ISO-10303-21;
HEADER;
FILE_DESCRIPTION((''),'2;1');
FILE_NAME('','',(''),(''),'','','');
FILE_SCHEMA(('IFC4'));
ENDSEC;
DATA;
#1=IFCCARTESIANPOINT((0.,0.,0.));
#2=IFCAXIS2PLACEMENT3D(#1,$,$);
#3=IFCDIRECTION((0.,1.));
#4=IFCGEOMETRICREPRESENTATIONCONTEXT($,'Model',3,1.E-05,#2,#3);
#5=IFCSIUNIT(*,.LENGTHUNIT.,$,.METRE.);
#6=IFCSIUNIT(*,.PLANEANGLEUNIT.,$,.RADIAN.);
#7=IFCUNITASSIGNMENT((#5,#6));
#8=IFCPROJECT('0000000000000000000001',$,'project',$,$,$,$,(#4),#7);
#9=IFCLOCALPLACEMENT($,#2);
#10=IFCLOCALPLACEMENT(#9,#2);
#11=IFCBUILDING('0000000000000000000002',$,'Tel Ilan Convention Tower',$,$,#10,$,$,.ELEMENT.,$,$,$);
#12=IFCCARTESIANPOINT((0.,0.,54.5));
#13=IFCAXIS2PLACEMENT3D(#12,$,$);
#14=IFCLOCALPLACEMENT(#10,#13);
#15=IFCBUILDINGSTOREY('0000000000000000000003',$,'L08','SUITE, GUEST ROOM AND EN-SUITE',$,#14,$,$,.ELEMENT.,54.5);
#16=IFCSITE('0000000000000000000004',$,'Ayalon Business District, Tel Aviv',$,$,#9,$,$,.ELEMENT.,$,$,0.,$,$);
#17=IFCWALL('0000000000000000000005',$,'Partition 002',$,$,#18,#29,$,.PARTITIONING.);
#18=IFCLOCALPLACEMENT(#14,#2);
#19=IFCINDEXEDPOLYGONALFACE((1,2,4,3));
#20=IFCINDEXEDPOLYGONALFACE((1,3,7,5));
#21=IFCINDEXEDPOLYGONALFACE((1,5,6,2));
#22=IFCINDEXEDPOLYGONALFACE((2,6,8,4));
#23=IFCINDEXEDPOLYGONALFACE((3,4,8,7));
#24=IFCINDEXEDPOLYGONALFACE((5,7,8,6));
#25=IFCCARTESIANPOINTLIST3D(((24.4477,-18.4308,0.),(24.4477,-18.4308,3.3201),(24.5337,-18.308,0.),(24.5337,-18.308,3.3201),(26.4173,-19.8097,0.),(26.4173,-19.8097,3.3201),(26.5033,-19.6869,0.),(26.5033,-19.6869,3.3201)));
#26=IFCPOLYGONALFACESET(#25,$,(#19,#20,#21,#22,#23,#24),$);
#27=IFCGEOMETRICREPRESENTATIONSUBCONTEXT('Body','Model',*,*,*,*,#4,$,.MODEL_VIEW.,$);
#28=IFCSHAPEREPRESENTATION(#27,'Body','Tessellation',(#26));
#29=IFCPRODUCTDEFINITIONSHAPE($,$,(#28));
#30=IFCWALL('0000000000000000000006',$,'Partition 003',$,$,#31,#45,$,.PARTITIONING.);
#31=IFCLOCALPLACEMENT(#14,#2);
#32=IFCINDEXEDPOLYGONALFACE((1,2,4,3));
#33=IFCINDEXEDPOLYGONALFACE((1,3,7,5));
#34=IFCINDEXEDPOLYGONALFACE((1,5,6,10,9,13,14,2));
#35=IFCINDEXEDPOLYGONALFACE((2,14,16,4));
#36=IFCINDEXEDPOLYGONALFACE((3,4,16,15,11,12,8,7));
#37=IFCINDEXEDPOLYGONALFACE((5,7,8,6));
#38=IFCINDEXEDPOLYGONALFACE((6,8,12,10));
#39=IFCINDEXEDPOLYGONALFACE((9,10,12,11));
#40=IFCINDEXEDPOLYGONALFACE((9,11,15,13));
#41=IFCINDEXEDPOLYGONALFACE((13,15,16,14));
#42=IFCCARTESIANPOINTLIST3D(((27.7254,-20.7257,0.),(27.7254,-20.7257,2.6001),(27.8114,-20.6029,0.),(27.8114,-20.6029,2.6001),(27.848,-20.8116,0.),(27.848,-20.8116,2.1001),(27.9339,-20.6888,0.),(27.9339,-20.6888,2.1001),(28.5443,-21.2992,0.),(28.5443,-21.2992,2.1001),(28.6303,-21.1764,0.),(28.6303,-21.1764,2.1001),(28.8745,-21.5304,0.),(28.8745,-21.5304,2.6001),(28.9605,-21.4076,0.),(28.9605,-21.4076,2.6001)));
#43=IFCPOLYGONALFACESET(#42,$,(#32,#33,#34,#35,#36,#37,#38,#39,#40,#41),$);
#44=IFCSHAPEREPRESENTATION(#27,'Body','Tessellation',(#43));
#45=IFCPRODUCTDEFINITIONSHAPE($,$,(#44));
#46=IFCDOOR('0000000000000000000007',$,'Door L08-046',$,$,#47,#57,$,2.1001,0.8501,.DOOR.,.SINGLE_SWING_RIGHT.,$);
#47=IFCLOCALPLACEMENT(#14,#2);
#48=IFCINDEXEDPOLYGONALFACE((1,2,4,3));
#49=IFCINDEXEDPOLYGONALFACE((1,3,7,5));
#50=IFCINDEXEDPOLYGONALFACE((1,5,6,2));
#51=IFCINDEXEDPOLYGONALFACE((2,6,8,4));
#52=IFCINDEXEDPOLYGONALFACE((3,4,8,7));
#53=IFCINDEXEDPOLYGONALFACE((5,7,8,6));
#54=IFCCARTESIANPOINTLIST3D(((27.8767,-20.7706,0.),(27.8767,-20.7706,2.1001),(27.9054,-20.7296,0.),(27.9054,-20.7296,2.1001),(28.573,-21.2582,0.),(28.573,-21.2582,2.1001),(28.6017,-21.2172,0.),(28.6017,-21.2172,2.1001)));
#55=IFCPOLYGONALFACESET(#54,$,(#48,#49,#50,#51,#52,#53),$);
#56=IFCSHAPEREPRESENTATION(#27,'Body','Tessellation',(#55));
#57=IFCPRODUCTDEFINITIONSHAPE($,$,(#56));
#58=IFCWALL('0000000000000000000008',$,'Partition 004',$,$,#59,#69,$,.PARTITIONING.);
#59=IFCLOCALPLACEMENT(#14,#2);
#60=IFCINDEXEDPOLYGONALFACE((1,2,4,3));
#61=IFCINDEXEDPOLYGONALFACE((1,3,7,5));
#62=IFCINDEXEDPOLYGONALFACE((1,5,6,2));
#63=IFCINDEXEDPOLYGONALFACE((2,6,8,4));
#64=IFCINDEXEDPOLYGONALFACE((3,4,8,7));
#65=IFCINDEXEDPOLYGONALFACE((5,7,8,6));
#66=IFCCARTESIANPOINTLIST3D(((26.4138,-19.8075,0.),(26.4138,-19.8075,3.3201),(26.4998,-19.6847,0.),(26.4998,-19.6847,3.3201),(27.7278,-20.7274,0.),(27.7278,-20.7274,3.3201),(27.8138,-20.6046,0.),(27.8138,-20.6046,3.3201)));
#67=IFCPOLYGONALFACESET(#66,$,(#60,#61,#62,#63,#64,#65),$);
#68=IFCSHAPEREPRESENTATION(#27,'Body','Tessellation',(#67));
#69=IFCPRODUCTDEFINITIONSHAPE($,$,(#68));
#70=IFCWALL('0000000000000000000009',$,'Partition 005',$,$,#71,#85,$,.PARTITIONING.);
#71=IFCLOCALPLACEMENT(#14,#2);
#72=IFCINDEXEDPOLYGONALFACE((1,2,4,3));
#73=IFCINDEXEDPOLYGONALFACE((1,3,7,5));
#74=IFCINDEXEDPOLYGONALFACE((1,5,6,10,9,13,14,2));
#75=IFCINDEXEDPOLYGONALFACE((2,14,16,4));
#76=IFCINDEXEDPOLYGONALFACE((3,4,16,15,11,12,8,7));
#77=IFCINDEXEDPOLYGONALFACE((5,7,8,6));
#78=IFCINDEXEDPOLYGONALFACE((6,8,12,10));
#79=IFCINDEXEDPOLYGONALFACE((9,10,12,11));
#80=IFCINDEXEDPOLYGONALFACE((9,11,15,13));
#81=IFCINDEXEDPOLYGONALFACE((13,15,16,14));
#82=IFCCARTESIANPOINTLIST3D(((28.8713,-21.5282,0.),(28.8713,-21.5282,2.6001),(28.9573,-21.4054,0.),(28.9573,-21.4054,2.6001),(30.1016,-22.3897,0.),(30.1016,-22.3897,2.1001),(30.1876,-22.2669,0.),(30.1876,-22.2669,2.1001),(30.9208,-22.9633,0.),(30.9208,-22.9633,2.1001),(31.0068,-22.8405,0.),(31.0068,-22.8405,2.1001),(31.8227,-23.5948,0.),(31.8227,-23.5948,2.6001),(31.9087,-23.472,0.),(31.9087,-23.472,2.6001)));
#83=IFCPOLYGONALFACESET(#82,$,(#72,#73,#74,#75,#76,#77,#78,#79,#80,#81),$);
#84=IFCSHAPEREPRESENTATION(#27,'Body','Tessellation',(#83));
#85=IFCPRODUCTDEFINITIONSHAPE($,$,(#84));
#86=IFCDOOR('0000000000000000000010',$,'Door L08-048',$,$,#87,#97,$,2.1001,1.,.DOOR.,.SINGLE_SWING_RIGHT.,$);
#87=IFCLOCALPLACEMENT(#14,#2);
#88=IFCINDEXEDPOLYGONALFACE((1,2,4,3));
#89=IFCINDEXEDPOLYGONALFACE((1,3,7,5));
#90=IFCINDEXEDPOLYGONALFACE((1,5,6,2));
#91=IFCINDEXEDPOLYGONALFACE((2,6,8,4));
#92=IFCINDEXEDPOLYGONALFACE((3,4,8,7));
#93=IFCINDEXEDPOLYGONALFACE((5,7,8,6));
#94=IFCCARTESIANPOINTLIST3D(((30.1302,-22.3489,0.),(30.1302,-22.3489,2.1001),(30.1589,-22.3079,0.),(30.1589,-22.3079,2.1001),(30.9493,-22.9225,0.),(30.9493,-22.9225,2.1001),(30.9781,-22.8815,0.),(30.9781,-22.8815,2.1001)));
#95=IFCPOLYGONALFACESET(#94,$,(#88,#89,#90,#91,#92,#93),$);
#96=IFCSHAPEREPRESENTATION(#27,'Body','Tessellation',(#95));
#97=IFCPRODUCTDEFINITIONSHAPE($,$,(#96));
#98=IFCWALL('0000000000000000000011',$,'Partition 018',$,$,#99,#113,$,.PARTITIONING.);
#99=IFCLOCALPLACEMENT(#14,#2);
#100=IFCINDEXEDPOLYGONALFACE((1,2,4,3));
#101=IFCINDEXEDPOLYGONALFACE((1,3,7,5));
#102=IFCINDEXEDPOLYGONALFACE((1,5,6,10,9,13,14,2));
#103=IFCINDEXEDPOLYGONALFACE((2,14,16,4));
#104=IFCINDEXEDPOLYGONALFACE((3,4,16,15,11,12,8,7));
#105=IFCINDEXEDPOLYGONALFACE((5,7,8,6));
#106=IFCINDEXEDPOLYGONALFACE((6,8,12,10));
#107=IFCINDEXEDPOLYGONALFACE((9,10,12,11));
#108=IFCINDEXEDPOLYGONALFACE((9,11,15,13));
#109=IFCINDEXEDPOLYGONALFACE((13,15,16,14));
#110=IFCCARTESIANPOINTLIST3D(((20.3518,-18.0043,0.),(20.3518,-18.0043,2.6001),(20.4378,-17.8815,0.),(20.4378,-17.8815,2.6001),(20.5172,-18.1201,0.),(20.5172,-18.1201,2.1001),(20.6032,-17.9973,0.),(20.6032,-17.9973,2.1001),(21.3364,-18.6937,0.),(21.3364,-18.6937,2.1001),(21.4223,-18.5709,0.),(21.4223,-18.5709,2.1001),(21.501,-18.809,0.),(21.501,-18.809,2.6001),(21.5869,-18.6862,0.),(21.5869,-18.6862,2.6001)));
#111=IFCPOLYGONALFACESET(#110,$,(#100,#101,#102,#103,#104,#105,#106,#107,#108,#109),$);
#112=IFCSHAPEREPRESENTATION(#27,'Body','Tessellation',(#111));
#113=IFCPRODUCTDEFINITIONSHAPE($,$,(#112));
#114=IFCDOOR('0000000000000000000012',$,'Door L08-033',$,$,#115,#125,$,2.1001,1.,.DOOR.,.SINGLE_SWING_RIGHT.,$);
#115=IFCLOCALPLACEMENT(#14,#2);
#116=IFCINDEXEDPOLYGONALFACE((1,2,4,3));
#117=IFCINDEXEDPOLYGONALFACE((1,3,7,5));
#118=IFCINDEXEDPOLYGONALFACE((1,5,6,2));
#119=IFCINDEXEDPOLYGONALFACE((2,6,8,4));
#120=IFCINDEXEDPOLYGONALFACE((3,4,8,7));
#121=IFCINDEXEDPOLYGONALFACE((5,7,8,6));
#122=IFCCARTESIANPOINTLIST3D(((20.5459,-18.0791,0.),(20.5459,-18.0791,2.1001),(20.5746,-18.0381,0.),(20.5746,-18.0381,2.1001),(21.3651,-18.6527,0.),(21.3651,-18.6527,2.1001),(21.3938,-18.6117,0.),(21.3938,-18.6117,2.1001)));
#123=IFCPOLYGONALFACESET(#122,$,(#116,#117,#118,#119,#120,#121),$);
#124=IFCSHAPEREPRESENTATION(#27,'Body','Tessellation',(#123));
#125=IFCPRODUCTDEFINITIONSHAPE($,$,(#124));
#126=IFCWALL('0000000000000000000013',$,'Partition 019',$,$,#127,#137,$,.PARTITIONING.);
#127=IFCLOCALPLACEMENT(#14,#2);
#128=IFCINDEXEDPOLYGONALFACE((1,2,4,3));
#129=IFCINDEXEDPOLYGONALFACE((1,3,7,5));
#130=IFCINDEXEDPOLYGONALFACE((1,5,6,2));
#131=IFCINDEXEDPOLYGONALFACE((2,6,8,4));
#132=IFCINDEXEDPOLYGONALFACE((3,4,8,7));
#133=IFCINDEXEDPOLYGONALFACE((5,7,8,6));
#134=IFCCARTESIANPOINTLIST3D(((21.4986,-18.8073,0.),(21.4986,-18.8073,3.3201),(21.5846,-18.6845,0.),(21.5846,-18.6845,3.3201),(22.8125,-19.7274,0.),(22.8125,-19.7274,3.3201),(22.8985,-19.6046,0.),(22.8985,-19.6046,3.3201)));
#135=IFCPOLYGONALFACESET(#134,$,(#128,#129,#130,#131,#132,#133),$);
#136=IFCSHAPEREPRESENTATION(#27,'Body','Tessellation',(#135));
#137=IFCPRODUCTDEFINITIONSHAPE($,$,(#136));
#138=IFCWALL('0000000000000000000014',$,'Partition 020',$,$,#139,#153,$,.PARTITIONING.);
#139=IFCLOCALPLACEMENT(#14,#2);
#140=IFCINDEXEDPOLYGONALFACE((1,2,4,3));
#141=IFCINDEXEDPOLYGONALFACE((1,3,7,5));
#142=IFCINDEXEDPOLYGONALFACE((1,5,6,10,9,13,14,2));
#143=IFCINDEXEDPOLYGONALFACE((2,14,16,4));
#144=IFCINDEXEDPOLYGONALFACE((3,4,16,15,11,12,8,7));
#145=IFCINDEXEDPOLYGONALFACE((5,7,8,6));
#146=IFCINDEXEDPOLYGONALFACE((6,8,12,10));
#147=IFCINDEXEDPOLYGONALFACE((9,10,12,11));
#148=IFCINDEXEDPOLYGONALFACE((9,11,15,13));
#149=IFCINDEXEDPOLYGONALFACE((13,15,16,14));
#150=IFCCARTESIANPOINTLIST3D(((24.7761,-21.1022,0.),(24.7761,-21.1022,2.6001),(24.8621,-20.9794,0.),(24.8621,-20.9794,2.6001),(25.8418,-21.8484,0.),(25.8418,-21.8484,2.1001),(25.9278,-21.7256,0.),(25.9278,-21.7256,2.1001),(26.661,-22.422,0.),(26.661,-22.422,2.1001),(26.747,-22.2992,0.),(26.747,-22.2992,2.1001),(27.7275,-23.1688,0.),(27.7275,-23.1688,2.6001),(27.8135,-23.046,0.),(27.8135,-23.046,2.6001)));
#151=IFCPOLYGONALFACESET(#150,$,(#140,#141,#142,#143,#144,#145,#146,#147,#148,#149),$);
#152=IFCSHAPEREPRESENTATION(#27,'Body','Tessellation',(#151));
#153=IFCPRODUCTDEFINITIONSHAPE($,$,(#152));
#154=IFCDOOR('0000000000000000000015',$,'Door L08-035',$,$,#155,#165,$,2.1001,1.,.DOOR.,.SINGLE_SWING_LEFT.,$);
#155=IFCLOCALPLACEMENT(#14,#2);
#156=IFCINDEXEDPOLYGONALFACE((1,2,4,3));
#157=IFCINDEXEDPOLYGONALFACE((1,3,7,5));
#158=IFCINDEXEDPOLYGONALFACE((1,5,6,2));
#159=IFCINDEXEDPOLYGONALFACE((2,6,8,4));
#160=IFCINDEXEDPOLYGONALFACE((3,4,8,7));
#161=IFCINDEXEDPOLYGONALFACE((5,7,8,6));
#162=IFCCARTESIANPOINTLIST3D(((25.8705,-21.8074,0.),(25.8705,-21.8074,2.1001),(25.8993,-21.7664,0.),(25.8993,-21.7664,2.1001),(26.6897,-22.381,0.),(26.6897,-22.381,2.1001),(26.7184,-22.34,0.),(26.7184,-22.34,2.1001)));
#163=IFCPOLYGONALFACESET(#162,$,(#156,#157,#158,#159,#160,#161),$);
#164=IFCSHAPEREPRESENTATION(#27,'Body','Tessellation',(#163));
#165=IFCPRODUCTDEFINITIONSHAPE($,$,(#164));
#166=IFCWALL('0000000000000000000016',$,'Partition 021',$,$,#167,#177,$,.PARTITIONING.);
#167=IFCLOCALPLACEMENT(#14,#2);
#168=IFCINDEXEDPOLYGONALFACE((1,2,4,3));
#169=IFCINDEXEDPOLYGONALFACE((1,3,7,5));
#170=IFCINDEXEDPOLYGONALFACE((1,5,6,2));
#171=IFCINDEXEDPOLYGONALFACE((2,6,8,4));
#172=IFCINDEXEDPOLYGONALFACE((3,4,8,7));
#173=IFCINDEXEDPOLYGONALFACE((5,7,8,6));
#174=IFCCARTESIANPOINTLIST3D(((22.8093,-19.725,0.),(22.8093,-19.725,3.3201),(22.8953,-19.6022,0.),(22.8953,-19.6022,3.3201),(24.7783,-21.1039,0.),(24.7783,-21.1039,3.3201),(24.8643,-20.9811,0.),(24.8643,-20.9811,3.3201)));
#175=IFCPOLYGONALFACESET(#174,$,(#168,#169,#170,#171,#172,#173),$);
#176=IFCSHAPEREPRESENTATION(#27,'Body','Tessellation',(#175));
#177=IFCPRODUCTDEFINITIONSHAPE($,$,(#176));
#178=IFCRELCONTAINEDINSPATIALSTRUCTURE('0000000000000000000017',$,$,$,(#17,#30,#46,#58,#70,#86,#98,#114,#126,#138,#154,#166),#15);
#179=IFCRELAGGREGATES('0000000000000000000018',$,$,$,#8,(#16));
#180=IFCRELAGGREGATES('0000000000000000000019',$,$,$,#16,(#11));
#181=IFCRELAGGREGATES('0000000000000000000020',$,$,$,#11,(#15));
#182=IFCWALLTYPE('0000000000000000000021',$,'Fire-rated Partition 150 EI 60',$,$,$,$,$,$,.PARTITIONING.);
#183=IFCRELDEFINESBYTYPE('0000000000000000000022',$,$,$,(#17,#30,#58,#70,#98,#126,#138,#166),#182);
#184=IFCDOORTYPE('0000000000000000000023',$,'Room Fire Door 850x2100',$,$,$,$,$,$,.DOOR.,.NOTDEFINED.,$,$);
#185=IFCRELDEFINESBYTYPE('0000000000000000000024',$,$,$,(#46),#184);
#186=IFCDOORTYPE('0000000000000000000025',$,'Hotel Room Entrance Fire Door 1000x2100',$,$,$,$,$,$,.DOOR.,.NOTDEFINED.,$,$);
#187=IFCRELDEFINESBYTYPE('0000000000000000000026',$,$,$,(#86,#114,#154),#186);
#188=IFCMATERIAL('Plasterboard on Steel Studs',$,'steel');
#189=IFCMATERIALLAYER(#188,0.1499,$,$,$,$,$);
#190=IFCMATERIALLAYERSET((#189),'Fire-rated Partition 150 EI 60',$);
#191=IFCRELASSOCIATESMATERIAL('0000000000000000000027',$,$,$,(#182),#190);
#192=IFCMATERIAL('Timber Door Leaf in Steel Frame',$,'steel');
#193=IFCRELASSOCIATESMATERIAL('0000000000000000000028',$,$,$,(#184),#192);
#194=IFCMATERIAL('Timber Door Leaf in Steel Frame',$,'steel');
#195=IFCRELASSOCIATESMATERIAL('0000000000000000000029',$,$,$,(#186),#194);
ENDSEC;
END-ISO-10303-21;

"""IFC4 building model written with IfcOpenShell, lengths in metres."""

from ifc_helpers import new_model, si_unit, direction, frame, frame_2d, origin, place, context, subcontext, project, spatial, rectangle, extrude, material, layer, layer_set, type_object, element, fill, save


model = new_model("IFC4")

# Units and contexts
model_context = context("Model", 3, precision=1e-05, world=origin(), true_north=direction((0.0, 1.0)))
body_context = subcontext(model_context, "Body", "Model", "MODEL_VIEW")
ifc_project = project(units=[si_unit("LENGTHUNIT", "METRE"), si_unit("PLANEANGLEUNIT", "RADIAN")], contexts=[model_context])

# Site, building, storey
site_placement = place(None, origin())
site = spatial("IfcSite", under=ifc_project, at=site_placement, Name="Ayalon Business District, Tel Aviv", CompositionType="ELEMENT", RefElevation=0.0)
building_placement = place(site_placement, origin())
building = spatial("IfcBuilding", under=site, at=building_placement, Name="Tel Ilan Convention Tower", CompositionType="ELEMENT")
storey_placement = place(building_placement, frame((0.0, 0.0, 54.5)))
storey = spatial("IfcBuildingStorey", under=building, at=storey_placement, Name="L08", Description="SUITE, GUEST ROOM AND EN-SUITE", CompositionType="ELEMENT", Elevation=54.5)

# Wall
ifc_material_1 = material(Name="Plasterboard on Steel Studs", Category="steel")
ifc_layer_1 = layer(ifc_material_1, 0.1499)
ifc_layer_set_1 = layer_set([ifc_layer_1], Name="Fire-rated Partition 150 EI 60")
wall_type_1 = type_object("IfcWallType", Name="Fire-rated Partition 150 EI 60", PredefinedType="PARTITIONING", material=ifc_layer_set_1)
wall_1_placement = place(storey_placement, frame((24.4907, -18.3694, 0.0), z_axis=(0.0, 0.0, 1.0), x_axis=(0.819179, -0.573537, 0.0)))
element("IfcWall", 1, at=wall_1_placement, inside=storey, type_object=wall_type_1, Name="Partition 002", PredefinedType="PARTITIONING", context=body_context, shape_type="SweptSolid", body=[
    extrude(rectangle(XDim=2.4043, YDim=0.1499, at=frame_2d((1.2021, 0.0))), origin(), (0.0, 0.0, 1.0), 3.3201),
])

# Wall, opening, door
wall_2_placement = place(storey_placement, frame((28.9175, -21.469, 0.0), z_axis=(0.0, 0.0, 1.0), x_axis=(-0.819142, 0.573591, 0.0)))
wall_2 = element("IfcWall", 2, at=wall_2_placement, inside=storey, type_object=wall_type_1, Name="Partition 003", PredefinedType="PARTITIONING", context=body_context, shape_type="SweptSolid", body=[
    extrude(rectangle(XDim=1.4028, YDim=0.1499, at=frame_2d((0.7014, 0.0))), origin(), (0.0, 0.0, 1.0), 2.6001),
])
opening_1_placement = place(wall_2_placement, frame((0.4031, 0.0, 0.0)))
opening_1 = element("IfcOpeningElement", 3, at=opening_1_placement, cuts=wall_2, PredefinedType="OPENING", context=body_context, shape_type="SweptSolid", body=[
    extrude(rectangle(XDim=0.8501, YDim=2.1001, at=frame_2d((0.425, 1.05))), frame((0.0, 0.085, 0.0), z_axis=(0.0, -1.0, 0.0), x_axis=(1.0, 0.0, 0.0)), (0.0, 0.0, 1.0), 0.1699),
])
ifc_material_2 = material(Name="Timber Door Leaf in Steel Frame", Category="steel")
door_type_1 = type_object("IfcDoorType", Name="Room Fire Door 850x2100", OperationType="NOTDEFINED", PredefinedType="DOOR", material=ifc_material_2)
door_1_placement = place(opening_1_placement, origin())
door_1 = element("IfcDoor", 4, at=door_1_placement, inside=storey, type_object=door_type_1, Name="Door L08-046", OperationType="SINGLE_SWING_RIGHT", OverallHeight=2.1001, OverallWidth=0.8501, PredefinedType="DOOR", context=body_context, shape_type="SweptSolid", body=[
    extrude(rectangle(XDim=0.8501, YDim=2.1001, at=frame_2d((0.425, 1.05))), frame((0.0, 0.0249, 0.0), z_axis=(0.0, -1.0, 0.0), x_axis=(1.0, 0.0, 0.0)), (0.0, 0.0, 1.0), 0.05),
])
fill(opening_1, door_1)

# Wall
wall_3_placement = place(storey_placement, frame((26.4568, -19.7461, 0.0), z_axis=(0.0, 0.0, 1.0), x_axis=(0.819189, -0.573524, 0.0)))
element("IfcWall", 5, at=wall_3_placement, inside=storey, type_object=wall_type_1, Name="Partition 004", PredefinedType="PARTITIONING", context=body_context, shape_type="SweptSolid", body=[
    extrude(rectangle(XDim=1.604, YDim=0.1499, at=frame_2d((0.802, 0.0))), origin(), (0.0, 0.0, 1.0), 3.3201),
])

# Walls, openings, doors
wall_4_placement = place(storey_placement, frame((28.9143, -21.4668, 0.0), z_axis=(0.0, 0.0, 1.0), x_axis=(0.819146, -0.573585, 0.0)))
wall_4 = element("IfcWall", 6, at=wall_4_placement, inside=storey, type_object=wall_type_1, Name="Partition 005", PredefinedType="PARTITIONING", context=body_context, shape_type="SweptSolid", body=[
    extrude(rectangle(XDim=3.603, YDim=0.1499, at=frame_2d((1.8015, 0.0))), origin(), (0.0, 0.0, 1.0), 2.6001),
])
opening_2_placement = place(wall_4_placement, frame((1.502, 0.0, 0.0)))
opening_2 = element("IfcOpeningElement", 7, at=opening_2_placement, cuts=wall_4, PredefinedType="OPENING", context=body_context, shape_type="SweptSolid", body=[
    extrude(rectangle(XDim=1.0, YDim=2.1001, at=frame_2d((0.5, 1.05))), frame((0.0, 0.085, 0.0), z_axis=(0.0, -1.0, 0.0), x_axis=(1.0, 0.0, 0.0)), (0.0, 0.0, 1.0), 0.1699),
])
ifc_material_3 = material(Name="Timber Door Leaf in Steel Frame", Category="steel")
door_type_2 = type_object("IfcDoorType", Name="Hotel Room Entrance Fire Door 1000x2100", OperationType="NOTDEFINED", PredefinedType="DOOR", material=ifc_material_3)
door_2_placement = place(opening_2_placement, origin())
door_2 = element("IfcDoor", 8, at=door_2_placement, inside=storey, type_object=door_type_2, Name="Door L08-048", OperationType="SINGLE_SWING_RIGHT", OverallHeight=2.1001, OverallWidth=1.0, PredefinedType="DOOR", context=body_context, shape_type="SweptSolid", body=[
    extrude(rectangle(XDim=1.0, YDim=2.1001, at=frame_2d((0.5, 1.05))), frame((0.0, 0.0249, 0.0), z_axis=(0.0, -1.0, 0.0), x_axis=(1.0, 0.0, 0.0)), (0.0, 0.0, 1.0), 0.05),
])
fill(opening_2, door_2)
wall_5_placement = place(storey_placement, frame((21.5439, -18.7476, 0.0), z_axis=(0.0, 0.0, 1.0), x_axis=(-0.819142, 0.573591, 0.0)))
wall_5 = element("IfcWall", 9, at=wall_5_placement, inside=storey, type_object=wall_type_1, Name="Partition 018", PredefinedType="PARTITIONING", context=body_context, shape_type="SweptSolid", body=[
    extrude(rectangle(XDim=1.4028, YDim=0.1499, at=frame_2d((0.7014, 0.0))), origin(), (0.0, 0.0, 1.0), 2.6001),
])
opening_3_placement = place(wall_5_placement, frame((0.2009, 0.0, 0.0)))
opening_3 = element("IfcOpeningElement", 10, at=opening_3_placement, cuts=wall_5, PredefinedType="OPENING", context=body_context, shape_type="SweptSolid", body=[
    extrude(rectangle(XDim=1.0, YDim=2.1001, at=frame_2d((0.5, 1.05))), frame((0.0, 0.085, 0.0), z_axis=(0.0, -1.0, 0.0), x_axis=(1.0, 0.0, 0.0)), (0.0, 0.0, 1.0), 0.1699),
])
door_3_placement = place(opening_3_placement, origin())
door_3 = element("IfcDoor", 11, at=door_3_placement, inside=storey, type_object=door_type_2, Name="Door L08-033", OperationType="SINGLE_SWING_RIGHT", OverallHeight=2.1001, OverallWidth=1.0, PredefinedType="DOOR", context=body_context, shape_type="SweptSolid", body=[
    extrude(rectangle(XDim=1.0, YDim=2.1001, at=frame_2d((0.5, 1.05))), frame((0.0, 0.0249, 0.0), z_axis=(0.0, -1.0, 0.0), x_axis=(1.0, 0.0, 0.0)), (0.0, 0.0, 1.0), 0.05),
])
fill(opening_3, door_3)

# Wall
wall_6_placement = place(storey_placement, frame((22.8555, -19.666, 0.0), z_axis=(0.0, 0.0, 1.0), x_axis=(-0.819118, 0.573626, 0.0)))
element("IfcWall", 12, at=wall_6_placement, inside=storey, type_object=wall_type_1, Name="Partition 019", PredefinedType="PARTITIONING", context=body_context, shape_type="SweptSolid", body=[
    extrude(rectangle(XDim=1.604, YDim=0.1499, at=frame_2d((0.802, 0.0))), origin(), (0.0, 0.0, 1.0), 3.3201),
])

# Wall, opening, door
wall_7_placement = place(storey_placement, frame((27.7705, -23.1074, 0.0), z_axis=(0.0, 0.0, 1.0), x_axis=(-0.819146, 0.573585, 0.0)))
wall_7 = element("IfcWall", 13, at=wall_7_placement, inside=storey, type_object=wall_type_1, Name="Partition 020", PredefinedType="PARTITIONING", context=body_context, shape_type="SweptSolid", body=[
    extrude(rectangle(XDim=3.603, YDim=0.1499, at=frame_2d((1.8015, 0.0))), origin(), (0.0, 0.0, 1.0), 2.6001),
])
opening_4_placement = place(wall_7_placement, frame((1.302, 0.0, 0.0)))
opening_4 = element("IfcOpeningElement", 14, at=opening_4_placement, cuts=wall_7, PredefinedType="OPENING", context=body_context, shape_type="SweptSolid", body=[
    extrude(rectangle(XDim=1.0, YDim=2.1001, at=frame_2d((0.5, 1.05))), frame((0.0, 0.085, 0.0), z_axis=(0.0, -1.0, 0.0), x_axis=(1.0, 0.0, 0.0)), (0.0, 0.0, 1.0), 0.1699),
])
door_4_placement = place(opening_4_placement, origin())
door_4 = element("IfcDoor", 15, at=door_4_placement, inside=storey, type_object=door_type_2, Name="Door L08-035", OperationType="SINGLE_SWING_LEFT", OverallHeight=2.1001, OverallWidth=1.0, PredefinedType="DOOR", context=body_context, shape_type="SweptSolid", body=[
    extrude(rectangle(XDim=1.0, YDim=2.1001, at=frame_2d((0.5, 1.05))), frame((0.0, 0.0249, 0.0), z_axis=(0.0, -1.0, 0.0), x_axis=(1.0, 0.0, 0.0)), (0.0, 0.0, 1.0), 0.05),
])
fill(opening_4, door_4)

# Wall
wall_8_placement = place(storey_placement, frame((24.8213, -21.0425, 0.0), z_axis=(0.0, 0.0, 1.0), x_axis=(-0.819113, 0.573633, 0.0)))
element("IfcWall", 16, at=wall_8_placement, inside=storey, type_object=wall_type_1, Name="Partition 021", PredefinedType="PARTITIONING", context=body_context, shape_type="SweptSolid", body=[
    extrude(rectangle(XDim=2.4038, YDim=0.1499, at=frame_2d((1.2019, 0.0))), origin(), (0.0, 0.0, 1.0), 3.3201),
])

save(model, "model.ifc")
